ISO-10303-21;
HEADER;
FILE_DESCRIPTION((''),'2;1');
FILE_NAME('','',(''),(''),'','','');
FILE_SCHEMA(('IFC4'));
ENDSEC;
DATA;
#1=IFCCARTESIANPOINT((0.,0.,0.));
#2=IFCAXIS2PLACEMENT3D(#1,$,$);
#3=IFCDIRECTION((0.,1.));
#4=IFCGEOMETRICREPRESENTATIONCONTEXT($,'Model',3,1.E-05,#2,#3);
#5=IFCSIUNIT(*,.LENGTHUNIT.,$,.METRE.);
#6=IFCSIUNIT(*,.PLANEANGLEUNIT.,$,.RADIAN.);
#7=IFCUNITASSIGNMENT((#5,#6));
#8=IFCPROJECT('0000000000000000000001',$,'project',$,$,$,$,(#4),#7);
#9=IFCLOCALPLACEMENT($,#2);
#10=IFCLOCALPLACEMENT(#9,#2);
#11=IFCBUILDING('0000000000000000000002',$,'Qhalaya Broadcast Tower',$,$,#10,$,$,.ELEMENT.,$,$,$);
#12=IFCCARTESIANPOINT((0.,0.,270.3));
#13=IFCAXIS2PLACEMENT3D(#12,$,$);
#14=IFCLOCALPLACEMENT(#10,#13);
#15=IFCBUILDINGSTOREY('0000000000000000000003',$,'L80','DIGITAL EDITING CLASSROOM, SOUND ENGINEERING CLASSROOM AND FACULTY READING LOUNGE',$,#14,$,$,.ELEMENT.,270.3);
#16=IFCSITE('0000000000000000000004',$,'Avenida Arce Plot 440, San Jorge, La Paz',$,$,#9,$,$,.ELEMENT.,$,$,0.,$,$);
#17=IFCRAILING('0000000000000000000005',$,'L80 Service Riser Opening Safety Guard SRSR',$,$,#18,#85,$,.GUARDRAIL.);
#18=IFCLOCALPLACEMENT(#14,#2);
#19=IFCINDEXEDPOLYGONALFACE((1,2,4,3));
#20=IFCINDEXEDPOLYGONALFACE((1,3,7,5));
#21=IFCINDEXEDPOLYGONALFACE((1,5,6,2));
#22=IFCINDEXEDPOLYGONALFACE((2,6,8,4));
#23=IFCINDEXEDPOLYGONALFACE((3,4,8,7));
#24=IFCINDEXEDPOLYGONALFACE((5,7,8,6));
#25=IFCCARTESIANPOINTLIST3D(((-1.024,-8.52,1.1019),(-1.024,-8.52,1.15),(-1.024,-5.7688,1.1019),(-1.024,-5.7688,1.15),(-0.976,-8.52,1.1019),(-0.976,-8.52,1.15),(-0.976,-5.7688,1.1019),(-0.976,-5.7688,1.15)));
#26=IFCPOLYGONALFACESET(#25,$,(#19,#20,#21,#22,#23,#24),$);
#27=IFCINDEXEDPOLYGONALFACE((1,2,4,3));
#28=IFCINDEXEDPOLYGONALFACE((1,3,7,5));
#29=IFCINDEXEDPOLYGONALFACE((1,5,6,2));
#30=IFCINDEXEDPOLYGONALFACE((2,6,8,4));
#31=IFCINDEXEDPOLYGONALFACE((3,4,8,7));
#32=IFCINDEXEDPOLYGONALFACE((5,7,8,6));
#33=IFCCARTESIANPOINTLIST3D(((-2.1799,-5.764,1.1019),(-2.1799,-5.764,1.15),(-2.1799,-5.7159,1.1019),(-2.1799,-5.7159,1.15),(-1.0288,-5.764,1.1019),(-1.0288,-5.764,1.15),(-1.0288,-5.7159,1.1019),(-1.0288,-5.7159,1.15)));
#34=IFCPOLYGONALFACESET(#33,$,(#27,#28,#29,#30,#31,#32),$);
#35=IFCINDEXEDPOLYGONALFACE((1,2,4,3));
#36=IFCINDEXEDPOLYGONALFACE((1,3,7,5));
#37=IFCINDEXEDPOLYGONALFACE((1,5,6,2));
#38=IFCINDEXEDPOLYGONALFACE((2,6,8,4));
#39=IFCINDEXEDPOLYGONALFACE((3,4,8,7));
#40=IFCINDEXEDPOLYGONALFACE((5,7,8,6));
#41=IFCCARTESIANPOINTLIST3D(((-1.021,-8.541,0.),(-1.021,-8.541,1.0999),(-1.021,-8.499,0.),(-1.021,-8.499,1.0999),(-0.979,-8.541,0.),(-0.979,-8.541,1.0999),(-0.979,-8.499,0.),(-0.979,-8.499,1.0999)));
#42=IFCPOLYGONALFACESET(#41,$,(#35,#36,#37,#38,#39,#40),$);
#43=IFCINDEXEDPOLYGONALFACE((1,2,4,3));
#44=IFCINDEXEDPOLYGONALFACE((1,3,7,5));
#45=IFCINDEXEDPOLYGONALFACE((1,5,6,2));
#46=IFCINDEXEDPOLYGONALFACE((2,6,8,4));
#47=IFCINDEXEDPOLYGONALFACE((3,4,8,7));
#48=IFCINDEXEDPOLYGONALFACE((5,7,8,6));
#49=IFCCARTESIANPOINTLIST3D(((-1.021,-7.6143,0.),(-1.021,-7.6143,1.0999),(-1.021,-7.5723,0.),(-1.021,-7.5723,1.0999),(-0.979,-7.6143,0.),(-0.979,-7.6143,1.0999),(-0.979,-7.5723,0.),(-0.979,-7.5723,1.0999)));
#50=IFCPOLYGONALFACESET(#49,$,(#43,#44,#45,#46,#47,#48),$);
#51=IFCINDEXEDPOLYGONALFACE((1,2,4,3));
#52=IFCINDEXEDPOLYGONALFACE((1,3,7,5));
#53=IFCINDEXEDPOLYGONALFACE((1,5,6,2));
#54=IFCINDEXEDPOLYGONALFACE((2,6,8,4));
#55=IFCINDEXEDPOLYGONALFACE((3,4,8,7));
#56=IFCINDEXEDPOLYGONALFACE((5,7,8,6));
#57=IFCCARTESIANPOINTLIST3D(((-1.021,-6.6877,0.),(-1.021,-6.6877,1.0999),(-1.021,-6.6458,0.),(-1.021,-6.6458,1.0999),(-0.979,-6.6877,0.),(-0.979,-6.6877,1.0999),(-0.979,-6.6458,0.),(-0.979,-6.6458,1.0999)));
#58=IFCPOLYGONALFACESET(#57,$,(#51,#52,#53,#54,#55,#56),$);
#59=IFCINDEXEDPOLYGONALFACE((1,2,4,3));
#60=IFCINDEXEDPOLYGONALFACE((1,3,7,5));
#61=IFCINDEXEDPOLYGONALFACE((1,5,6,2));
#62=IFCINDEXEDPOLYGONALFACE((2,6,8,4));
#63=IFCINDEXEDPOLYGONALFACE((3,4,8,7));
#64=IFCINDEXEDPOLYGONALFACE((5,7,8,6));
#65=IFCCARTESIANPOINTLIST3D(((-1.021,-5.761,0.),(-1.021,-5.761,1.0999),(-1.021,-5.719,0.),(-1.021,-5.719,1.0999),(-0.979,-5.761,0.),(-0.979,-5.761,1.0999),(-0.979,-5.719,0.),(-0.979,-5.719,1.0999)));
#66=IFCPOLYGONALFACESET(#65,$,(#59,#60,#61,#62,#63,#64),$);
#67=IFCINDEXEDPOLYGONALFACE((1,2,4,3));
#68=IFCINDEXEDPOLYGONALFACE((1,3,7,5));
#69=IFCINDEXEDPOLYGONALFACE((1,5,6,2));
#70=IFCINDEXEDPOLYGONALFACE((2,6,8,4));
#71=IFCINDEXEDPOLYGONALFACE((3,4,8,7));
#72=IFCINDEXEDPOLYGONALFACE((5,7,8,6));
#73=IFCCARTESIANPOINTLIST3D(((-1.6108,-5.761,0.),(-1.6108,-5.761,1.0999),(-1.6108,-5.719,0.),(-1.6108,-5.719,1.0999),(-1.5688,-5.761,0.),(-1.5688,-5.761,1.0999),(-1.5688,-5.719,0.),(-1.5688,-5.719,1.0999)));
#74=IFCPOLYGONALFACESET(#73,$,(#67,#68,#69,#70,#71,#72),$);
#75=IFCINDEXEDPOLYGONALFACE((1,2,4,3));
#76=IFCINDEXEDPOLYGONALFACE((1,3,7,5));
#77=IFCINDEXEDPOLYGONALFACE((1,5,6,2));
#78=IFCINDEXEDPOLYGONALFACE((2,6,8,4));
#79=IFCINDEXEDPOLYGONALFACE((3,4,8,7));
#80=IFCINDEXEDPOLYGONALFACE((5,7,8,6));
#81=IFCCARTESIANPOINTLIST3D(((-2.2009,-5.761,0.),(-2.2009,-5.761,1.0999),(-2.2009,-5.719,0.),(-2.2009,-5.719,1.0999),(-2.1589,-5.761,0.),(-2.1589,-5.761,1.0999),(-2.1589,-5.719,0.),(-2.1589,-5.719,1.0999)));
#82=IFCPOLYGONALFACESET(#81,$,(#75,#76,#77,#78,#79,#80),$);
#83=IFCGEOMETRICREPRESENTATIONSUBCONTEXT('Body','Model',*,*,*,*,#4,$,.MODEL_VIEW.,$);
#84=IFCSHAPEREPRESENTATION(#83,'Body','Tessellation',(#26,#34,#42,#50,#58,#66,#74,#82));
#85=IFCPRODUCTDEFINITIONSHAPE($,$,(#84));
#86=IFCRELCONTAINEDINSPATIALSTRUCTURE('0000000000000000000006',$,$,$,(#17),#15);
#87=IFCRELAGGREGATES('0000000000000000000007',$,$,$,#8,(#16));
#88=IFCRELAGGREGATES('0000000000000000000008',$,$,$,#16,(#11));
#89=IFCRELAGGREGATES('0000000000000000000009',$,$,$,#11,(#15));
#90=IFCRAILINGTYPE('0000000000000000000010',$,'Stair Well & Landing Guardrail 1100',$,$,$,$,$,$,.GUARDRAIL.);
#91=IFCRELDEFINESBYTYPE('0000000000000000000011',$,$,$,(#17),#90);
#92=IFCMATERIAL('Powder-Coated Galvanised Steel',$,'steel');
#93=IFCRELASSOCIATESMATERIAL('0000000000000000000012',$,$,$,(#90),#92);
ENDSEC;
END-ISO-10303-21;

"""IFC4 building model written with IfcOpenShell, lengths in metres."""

from ifc_helpers import new_model, si_unit, direction, frame, origin, origin_2d, place, context, subcontext, project, spatial, rectangle, extrude, material, type_object, element, save


model = new_model("IFC4")

# Units and contexts
model_context = context("Model", 3, precision=1e-05, world=origin(), true_north=direction((0.0, 1.0)))
body_context = subcontext(model_context, "Body", "Model", "MODEL_VIEW")
ifc_project = project(units=[si_unit("LENGTHUNIT", "METRE"), si_unit("PLANEANGLEUNIT", "RADIAN")], contexts=[model_context])

# Site, building, storey
site_placement = place(None, origin())
site = spatial("IfcSite", under=ifc_project, at=site_placement, Name="Avenida Arce Plot 440, San Jorge, La Paz", CompositionType="ELEMENT", RefElevation=0.0)
building_placement = place(site_placement, origin())
building = spatial("IfcBuilding", under=site, at=building_placement, Name="Qhalaya Broadcast Tower", CompositionType="ELEMENT")
storey_placement = place(building_placement, frame((0.0, 0.0, 270.3)))
storey = spatial("IfcBuildingStorey", under=building, at=storey_placement, Name="L80", Description="DIGITAL EDITING CLASSROOM, SOUND ENGINEERING CLASSROOM AND FACULTY READING LOUNGE", CompositionType="ELEMENT", Elevation=270.3)

# Railing
ifc_material_1 = material(Name="Powder-Coated Galvanised Steel", Category="steel")
railing_type = type_object("IfcRailingType", Name="Stair Well & Landing Guardrail 1100", PredefinedType="GUARDRAIL", material=ifc_material_1)
railing_placement = place(storey_placement, frame((-1.0, -8.52, 0.0)))
element("IfcRailing", 1, at=railing_placement, inside=storey, type_object=railing_type, Name="L80 Service Riser Opening Safety Guard SRSR", PredefinedType="GUARDRAIL", context=body_context, shape_type="SweptSolid", body=[
    extrude(rectangle(XDim=0.0481, YDim=0.0481, at=origin_2d()), frame((0.0, 0.0, 1.126), z_axis=(0.0, 1.0, 0.0), x_axis=(-1.0, 0.0, 0.0)), (0.0, 0.0, 1.0), 2.7512),
    extrude(rectangle(XDim=0.0481, YDim=0.0481, at=origin_2d()), frame((-0.0288, 2.78, 1.126), z_axis=(-1.0, 0.0, 0.0), x_axis=(0.0, -1.0, 0.0)), (0.0, 0.0, 1.0), 1.1511),
    extrude(rectangle(XDim=0.042, YDim=0.042, at=origin_2d()), origin(), (0.0, 0.0, 1.0), 1.0999),
    extrude(rectangle(XDim=0.042, YDim=0.042, at=origin_2d()), frame((0.0, 0.9268, 0.0)), (0.0, 0.0, 1.0), 1.0999),
    extrude(rectangle(XDim=0.042, YDim=0.042, at=origin_2d()), frame((0.0, 1.8533, 0.0)), (0.0, 0.0, 1.0), 1.0999),
    extrude(rectangle(XDim=0.042, YDim=0.042, at=origin_2d()), frame((0.0, 2.78, 0.0)), (0.0, 0.0, 1.0), 1.0999),
    extrude(rectangle(XDim=0.042, YDim=0.042, at=origin_2d()), frame((-0.5898, 2.78, 0.0)), (0.0, 0.0, 1.0), 1.0999),
    extrude(rectangle(XDim=0.042, YDim=0.042, at=origin_2d()), frame((-1.1799, 2.78, 0.0)), (0.0, 0.0, 1.0), 1.0999),
])

save(model, "model.ifc")
